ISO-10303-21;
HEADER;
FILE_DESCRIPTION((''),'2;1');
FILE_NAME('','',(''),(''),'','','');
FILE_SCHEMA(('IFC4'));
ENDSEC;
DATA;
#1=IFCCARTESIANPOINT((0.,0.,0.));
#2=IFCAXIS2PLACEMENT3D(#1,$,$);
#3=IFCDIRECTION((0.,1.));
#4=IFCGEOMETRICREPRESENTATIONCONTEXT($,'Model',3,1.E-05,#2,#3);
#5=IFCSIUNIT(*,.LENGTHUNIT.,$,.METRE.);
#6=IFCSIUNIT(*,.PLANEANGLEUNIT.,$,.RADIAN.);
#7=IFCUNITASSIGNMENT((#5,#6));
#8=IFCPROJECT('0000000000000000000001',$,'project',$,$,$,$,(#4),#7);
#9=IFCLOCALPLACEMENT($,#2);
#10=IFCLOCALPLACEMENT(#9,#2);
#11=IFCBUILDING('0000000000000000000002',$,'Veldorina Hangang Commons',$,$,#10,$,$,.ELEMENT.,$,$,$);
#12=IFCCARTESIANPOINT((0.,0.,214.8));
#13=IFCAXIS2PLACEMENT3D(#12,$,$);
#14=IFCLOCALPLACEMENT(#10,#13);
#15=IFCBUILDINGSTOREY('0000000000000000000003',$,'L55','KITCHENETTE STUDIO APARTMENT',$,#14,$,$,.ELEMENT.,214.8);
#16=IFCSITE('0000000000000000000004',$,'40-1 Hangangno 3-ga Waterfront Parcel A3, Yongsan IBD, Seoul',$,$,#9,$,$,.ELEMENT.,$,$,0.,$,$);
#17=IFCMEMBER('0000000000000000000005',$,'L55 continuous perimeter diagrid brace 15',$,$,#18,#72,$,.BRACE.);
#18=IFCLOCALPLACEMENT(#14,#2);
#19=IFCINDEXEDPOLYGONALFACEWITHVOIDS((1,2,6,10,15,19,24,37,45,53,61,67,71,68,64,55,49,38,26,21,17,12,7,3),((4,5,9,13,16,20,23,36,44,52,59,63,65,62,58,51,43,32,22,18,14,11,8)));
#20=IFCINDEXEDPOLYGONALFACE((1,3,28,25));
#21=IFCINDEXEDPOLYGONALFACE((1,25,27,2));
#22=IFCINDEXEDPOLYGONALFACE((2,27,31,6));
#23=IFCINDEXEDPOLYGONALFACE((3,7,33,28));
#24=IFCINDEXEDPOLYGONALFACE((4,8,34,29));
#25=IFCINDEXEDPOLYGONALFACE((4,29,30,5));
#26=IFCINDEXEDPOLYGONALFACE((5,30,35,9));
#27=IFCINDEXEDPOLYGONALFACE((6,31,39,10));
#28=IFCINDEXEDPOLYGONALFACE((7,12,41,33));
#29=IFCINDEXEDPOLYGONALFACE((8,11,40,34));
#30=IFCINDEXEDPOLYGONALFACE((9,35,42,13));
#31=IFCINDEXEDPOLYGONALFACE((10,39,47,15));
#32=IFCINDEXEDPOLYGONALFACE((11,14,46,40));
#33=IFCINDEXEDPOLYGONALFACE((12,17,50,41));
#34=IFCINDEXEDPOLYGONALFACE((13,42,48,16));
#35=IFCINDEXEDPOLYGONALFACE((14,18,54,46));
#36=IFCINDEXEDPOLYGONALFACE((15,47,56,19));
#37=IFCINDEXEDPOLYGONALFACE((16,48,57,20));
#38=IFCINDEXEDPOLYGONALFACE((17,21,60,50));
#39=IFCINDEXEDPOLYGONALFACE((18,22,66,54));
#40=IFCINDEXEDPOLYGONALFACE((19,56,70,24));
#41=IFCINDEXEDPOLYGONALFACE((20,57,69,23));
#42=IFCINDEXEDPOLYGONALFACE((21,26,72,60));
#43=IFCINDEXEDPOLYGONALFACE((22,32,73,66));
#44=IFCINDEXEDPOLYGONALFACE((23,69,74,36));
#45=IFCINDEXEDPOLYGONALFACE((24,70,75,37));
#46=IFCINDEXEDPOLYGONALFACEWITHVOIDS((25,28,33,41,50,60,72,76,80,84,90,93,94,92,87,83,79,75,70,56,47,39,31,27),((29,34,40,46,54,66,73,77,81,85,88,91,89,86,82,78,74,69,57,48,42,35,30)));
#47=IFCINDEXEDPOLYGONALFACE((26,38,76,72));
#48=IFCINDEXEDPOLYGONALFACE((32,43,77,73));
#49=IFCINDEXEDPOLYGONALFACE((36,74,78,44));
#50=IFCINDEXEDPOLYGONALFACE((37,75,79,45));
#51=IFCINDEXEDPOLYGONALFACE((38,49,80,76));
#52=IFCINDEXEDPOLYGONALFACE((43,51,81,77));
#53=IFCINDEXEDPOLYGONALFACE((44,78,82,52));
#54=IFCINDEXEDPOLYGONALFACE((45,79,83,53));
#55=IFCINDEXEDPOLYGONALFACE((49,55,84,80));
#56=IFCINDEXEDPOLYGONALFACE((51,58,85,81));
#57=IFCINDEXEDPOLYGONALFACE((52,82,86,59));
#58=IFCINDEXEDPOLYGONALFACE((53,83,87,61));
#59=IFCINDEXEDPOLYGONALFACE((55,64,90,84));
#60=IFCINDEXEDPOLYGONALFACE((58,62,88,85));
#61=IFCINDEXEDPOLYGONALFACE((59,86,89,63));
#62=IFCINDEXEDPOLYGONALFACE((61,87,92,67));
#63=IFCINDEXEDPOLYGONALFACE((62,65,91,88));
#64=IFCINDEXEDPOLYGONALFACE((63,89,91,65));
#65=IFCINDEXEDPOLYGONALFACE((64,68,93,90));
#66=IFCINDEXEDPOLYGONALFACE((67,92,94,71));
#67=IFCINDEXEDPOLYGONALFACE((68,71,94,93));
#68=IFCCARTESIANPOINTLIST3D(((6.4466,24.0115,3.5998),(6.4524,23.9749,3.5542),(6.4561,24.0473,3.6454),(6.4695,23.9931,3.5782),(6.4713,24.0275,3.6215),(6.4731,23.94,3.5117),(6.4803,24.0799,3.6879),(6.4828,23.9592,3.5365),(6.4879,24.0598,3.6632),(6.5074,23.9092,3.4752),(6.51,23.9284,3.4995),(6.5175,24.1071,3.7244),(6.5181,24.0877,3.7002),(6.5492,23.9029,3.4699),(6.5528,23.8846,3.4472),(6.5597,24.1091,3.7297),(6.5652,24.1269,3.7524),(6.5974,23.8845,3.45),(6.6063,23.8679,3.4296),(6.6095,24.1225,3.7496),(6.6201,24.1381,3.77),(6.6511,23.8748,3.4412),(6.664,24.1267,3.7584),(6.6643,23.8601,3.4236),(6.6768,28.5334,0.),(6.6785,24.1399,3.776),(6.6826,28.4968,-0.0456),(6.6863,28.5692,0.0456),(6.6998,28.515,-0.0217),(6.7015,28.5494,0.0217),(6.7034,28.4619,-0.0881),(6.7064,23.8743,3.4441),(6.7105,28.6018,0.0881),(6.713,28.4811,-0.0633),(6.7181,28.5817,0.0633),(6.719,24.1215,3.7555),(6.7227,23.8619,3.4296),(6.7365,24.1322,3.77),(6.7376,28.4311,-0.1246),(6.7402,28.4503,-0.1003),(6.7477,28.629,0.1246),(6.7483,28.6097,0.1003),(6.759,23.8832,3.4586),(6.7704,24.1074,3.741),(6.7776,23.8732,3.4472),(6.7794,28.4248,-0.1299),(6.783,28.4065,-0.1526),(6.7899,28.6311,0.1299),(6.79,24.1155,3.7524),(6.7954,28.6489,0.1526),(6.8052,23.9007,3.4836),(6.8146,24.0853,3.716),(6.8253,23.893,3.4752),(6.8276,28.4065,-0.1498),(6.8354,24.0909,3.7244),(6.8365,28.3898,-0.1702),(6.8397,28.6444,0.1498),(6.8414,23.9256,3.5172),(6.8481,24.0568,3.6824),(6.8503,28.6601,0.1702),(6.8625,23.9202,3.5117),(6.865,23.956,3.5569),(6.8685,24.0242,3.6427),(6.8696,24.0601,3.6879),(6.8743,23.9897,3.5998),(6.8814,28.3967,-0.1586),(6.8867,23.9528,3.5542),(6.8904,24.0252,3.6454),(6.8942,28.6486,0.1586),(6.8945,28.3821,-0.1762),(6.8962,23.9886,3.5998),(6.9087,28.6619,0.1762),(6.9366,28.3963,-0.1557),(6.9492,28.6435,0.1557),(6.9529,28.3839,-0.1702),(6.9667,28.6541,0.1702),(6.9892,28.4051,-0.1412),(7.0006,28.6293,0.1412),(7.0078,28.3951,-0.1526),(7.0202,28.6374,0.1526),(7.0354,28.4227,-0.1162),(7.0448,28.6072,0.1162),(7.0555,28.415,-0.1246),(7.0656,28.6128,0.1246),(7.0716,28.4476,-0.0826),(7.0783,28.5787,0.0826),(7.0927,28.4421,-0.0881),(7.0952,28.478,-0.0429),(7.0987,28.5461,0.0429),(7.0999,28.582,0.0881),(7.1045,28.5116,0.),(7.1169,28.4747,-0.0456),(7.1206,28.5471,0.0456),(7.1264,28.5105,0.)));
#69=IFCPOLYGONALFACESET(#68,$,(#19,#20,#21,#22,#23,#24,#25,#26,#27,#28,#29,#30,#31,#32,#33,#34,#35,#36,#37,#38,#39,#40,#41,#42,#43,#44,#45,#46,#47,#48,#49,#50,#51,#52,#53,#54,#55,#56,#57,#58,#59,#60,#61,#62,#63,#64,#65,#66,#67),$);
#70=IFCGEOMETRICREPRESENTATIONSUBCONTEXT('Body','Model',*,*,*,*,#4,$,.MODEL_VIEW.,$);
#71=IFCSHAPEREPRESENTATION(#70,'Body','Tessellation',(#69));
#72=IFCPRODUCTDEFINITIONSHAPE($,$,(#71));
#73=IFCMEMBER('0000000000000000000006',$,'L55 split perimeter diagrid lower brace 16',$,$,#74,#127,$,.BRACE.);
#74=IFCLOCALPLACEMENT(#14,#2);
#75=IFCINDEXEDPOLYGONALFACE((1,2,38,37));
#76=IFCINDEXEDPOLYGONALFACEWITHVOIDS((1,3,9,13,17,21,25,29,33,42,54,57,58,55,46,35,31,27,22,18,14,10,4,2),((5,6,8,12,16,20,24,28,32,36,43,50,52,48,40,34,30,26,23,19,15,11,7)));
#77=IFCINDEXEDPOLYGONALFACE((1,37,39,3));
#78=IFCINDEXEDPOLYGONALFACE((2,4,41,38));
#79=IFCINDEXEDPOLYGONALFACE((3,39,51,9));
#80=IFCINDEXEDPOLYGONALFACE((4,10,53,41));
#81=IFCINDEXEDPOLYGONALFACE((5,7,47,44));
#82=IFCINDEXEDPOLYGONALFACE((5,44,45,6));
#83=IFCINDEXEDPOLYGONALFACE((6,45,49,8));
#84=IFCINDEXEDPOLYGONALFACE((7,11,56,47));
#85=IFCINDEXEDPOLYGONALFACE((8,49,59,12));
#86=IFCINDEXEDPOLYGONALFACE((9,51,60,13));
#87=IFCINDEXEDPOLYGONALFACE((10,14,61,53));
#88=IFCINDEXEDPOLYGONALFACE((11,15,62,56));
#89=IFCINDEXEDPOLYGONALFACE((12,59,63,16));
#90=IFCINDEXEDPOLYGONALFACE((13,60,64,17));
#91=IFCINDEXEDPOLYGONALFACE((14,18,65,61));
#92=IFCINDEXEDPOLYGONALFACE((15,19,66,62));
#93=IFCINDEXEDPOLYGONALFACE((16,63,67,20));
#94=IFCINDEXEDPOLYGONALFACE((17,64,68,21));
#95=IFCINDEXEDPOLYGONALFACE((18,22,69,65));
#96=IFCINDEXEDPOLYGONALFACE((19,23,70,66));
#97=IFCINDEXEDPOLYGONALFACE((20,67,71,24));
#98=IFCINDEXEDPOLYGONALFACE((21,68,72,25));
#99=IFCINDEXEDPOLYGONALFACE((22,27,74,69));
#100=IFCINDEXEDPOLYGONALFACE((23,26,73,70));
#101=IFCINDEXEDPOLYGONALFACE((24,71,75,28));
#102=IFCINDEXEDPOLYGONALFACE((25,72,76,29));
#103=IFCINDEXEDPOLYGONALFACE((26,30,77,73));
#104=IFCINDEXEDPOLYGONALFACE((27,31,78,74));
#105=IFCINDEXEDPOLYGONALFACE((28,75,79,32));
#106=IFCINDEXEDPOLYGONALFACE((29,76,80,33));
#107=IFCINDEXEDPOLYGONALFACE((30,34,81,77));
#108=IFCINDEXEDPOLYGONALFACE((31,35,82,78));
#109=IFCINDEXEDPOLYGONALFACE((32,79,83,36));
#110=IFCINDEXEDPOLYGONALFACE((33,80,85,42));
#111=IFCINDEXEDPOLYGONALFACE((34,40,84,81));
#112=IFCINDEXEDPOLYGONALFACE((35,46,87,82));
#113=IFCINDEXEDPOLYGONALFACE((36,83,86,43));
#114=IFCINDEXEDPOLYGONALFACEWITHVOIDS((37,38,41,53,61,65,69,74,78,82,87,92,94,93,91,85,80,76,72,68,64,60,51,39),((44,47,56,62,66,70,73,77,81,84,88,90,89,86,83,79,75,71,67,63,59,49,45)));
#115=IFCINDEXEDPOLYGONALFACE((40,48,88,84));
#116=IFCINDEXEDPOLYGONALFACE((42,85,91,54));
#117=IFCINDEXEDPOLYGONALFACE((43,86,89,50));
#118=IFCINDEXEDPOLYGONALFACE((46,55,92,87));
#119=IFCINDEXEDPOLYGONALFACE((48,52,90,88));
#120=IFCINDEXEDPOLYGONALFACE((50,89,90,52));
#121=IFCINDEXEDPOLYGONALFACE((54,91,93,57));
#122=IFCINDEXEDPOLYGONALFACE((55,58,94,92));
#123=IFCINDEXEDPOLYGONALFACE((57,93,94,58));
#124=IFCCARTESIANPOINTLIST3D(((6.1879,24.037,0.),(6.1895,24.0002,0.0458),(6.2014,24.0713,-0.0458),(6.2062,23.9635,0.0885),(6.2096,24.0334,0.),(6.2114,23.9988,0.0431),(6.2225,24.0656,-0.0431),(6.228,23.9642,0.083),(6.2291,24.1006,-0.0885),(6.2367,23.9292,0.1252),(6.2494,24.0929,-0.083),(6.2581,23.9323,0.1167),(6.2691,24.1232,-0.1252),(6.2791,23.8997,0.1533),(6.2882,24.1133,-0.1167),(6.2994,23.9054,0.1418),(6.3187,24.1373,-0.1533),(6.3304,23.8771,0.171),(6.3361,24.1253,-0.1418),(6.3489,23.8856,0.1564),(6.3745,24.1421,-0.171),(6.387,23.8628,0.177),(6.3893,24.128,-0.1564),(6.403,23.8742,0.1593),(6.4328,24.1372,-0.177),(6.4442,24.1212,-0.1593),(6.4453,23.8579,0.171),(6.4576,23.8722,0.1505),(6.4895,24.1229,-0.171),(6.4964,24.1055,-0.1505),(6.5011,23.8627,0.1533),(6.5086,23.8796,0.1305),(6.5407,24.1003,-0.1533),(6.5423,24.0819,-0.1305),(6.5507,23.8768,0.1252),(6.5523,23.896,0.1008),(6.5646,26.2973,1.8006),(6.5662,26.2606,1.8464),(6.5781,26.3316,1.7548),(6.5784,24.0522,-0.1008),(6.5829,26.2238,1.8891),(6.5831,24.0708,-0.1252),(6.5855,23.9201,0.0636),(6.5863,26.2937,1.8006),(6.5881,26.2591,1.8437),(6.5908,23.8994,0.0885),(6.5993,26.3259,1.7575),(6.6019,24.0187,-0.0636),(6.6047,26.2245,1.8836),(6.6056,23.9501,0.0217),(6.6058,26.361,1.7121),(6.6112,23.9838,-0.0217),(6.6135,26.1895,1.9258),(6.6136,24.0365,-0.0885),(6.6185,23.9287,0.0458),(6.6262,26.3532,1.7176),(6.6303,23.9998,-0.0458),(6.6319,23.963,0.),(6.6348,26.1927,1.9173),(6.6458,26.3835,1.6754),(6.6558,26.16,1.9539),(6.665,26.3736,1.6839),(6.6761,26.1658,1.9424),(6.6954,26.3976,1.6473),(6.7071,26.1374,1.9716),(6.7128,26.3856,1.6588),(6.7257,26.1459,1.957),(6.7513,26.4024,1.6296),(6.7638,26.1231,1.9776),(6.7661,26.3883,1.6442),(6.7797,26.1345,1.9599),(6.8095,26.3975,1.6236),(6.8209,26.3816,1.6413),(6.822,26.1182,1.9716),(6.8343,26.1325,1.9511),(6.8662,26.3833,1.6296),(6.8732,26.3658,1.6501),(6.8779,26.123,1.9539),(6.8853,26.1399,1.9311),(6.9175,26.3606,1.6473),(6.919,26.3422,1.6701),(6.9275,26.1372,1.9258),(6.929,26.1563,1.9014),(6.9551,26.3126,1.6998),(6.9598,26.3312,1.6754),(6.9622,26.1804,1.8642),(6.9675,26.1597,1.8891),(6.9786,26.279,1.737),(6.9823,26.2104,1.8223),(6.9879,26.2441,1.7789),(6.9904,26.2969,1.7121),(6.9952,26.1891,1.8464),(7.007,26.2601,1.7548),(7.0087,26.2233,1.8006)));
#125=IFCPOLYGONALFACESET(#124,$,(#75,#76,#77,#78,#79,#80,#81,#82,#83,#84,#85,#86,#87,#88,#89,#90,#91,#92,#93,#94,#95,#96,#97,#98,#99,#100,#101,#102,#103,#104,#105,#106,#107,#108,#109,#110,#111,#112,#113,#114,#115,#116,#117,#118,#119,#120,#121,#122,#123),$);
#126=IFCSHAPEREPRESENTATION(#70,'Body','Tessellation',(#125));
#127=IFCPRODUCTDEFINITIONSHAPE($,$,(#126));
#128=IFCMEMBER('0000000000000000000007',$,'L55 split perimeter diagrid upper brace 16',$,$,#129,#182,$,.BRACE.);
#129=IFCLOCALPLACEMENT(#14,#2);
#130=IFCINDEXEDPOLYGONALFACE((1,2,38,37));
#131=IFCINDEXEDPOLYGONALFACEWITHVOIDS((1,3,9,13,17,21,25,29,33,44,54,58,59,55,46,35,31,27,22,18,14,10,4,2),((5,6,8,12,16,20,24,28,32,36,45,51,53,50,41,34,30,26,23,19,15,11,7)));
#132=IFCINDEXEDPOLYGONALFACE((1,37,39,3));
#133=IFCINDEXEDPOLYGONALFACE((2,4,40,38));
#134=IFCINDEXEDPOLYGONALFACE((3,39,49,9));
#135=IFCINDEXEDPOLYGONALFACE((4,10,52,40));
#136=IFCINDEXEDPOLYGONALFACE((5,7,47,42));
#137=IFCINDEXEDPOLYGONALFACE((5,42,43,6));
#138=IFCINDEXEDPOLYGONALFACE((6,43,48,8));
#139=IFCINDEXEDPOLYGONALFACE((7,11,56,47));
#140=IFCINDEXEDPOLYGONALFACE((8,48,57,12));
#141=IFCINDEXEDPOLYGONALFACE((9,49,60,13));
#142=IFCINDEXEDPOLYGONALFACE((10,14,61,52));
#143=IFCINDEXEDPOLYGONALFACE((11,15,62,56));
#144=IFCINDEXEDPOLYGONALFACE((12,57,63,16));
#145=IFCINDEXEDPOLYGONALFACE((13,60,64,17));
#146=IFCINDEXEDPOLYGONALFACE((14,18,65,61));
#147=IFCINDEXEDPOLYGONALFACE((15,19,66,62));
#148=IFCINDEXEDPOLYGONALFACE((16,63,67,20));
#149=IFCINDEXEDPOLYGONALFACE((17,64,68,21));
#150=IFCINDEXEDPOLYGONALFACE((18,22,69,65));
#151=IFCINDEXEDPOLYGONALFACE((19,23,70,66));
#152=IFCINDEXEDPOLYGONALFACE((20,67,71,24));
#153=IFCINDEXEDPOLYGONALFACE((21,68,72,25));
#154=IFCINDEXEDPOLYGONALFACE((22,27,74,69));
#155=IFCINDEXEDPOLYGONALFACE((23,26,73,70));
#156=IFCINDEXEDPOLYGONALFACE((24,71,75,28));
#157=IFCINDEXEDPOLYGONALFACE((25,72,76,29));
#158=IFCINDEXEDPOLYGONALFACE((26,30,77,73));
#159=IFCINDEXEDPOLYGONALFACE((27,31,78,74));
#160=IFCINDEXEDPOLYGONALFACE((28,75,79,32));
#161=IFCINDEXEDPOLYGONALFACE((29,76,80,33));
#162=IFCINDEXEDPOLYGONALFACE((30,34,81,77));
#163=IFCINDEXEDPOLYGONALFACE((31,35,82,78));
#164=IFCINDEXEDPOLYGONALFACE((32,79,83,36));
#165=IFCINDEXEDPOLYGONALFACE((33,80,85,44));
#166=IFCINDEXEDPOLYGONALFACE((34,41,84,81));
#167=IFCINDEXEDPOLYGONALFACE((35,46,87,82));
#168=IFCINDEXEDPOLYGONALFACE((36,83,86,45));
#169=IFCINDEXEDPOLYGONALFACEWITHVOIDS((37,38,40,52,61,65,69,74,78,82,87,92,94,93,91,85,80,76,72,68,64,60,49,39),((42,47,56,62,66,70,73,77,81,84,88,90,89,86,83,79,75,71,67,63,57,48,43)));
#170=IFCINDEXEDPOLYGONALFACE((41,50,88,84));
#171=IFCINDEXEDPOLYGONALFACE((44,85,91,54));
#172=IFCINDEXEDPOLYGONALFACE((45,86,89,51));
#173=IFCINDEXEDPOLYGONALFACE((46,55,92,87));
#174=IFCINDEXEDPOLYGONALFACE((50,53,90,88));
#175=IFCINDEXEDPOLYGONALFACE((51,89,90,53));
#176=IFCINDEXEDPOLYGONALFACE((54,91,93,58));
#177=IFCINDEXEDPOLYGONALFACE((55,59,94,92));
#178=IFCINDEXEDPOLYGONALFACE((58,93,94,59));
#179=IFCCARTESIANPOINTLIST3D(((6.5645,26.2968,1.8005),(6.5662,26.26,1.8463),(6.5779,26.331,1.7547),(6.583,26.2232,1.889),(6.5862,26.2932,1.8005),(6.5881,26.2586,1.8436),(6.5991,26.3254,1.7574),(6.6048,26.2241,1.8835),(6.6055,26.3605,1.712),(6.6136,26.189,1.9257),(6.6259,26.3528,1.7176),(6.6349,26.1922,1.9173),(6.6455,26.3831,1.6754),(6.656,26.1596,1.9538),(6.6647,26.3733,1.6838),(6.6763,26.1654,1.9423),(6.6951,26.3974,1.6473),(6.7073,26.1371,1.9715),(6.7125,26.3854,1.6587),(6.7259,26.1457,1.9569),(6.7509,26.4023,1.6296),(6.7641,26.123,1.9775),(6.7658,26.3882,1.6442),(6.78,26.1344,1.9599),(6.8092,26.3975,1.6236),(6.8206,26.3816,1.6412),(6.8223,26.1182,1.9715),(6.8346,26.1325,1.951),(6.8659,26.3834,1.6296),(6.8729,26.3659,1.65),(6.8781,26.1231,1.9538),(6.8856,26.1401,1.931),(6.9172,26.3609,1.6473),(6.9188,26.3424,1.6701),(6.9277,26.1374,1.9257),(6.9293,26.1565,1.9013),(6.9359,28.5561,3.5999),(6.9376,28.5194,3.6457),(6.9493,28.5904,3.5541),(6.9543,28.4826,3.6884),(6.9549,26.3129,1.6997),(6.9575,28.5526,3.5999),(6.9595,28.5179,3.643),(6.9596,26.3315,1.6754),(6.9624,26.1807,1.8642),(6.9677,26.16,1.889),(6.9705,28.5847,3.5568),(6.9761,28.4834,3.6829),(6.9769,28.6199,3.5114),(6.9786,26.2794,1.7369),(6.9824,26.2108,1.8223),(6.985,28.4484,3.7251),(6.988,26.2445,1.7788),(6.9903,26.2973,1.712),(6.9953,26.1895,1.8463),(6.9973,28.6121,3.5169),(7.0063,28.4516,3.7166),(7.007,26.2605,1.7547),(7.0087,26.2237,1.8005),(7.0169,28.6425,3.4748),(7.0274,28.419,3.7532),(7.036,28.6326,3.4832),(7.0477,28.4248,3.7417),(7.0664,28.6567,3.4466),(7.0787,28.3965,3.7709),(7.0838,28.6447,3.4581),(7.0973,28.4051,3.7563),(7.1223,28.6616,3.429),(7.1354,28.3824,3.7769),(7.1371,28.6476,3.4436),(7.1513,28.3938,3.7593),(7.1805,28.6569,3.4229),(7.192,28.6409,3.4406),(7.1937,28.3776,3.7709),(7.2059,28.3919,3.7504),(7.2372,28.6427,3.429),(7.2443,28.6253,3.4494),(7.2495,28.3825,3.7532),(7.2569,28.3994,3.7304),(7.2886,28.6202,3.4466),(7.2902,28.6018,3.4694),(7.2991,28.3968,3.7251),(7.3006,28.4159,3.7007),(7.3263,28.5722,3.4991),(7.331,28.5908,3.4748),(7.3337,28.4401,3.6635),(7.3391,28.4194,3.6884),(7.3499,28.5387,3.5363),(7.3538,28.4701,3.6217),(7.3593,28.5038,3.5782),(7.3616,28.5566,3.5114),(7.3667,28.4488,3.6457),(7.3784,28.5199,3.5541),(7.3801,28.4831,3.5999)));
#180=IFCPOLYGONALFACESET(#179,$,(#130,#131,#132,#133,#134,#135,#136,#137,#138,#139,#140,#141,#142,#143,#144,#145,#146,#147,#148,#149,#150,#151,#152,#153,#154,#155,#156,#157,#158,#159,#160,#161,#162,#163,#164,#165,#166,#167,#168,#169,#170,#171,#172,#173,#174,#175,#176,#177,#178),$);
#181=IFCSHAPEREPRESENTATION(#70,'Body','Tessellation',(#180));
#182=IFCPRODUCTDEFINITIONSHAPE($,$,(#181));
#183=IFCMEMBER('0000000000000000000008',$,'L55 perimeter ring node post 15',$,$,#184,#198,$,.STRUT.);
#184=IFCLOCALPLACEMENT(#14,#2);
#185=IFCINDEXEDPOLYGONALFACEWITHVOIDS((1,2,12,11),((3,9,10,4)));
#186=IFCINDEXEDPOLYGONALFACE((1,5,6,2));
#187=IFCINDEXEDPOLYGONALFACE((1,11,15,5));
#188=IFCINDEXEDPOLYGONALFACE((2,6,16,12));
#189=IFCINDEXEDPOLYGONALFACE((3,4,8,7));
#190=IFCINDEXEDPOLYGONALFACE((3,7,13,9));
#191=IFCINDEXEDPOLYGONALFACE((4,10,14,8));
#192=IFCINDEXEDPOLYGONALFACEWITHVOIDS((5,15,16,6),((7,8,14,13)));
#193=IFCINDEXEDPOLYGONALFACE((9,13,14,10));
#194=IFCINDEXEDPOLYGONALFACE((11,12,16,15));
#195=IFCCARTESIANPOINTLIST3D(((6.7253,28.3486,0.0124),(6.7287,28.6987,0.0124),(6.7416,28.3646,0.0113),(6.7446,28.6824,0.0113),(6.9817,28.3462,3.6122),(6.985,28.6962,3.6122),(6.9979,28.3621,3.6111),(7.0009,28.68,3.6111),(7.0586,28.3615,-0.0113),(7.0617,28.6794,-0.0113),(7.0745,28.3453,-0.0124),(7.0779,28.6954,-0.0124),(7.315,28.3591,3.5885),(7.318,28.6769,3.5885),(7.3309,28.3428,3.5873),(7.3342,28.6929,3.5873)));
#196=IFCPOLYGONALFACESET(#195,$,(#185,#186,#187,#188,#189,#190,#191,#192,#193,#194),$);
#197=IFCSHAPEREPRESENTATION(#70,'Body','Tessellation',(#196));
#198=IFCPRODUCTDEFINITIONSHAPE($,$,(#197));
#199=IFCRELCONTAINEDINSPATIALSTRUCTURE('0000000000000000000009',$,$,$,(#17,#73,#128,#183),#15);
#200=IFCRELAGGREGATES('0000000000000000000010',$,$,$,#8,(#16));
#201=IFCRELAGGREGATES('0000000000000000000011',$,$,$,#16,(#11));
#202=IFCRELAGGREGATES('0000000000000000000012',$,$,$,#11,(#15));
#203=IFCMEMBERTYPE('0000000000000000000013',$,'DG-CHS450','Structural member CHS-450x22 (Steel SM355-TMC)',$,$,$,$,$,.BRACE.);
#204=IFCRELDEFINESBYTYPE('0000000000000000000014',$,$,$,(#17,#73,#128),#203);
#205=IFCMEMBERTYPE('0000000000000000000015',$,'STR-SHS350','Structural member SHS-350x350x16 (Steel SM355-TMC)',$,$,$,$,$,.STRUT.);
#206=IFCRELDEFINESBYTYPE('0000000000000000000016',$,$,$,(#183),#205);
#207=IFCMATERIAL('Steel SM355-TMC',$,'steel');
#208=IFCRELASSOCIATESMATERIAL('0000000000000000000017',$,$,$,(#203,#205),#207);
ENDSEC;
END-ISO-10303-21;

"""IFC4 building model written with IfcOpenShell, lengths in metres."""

from ifc_helpers import new_model, si_unit, direction, frame, origin, origin_2d, place, context, subcontext, project, spatial, hollow_rectangle, hollow_circle, extrude, material, material_profile, profile_set, type_object, element, save


model = new_model("IFC4")

# Units and contexts
model_context = context("Model", 3, precision=1e-05, world=origin(), true_north=direction((0.0, 1.0)))
body_context = subcontext(model_context, "Body", "Model", "MODEL_VIEW")
ifc_project = project(units=[si_unit("LENGTHUNIT", "METRE"), si_unit("PLANEANGLEUNIT", "RADIAN")], contexts=[model_context])

# Site, building, storey
site_placement = place(None, origin())
site = spatial("IfcSite", under=ifc_project, at=site_placement, Name="40-1 Hangangno 3-ga Waterfront Parcel A3, Yongsan IBD, Seoul", CompositionType="ELEMENT", RefElevation=0.0)
building_placement = place(site_placement, origin())
building = spatial("IfcBuilding", under=site, at=building_placement, Name="Veldorina Hangang Commons", CompositionType="ELEMENT")
storey_placement = place(building_placement, frame((0.0, 0.0, 214.8)))
storey = spatial("IfcBuildingStorey", under=building, at=storey_placement, Name="L55", Description="KITCHENETTE STUDIO APARTMENT", CompositionType="ELEMENT", Elevation=214.8)

# Shared definitions
ifc_material_1 = material(Name="Steel SM355-TMC", Category="steel")

# Members
ifc_material_profile_1 = material_profile(ifc_material_1, hollow_circle(Radius=0.2251, WallThickness=0.022, at=origin_2d()), Name="CHS-450x22")
ifc_profile_set_1 = profile_set([ifc_material_profile_1], Name="Steel SM355-TMC")
member_type_1 = type_object("IfcMemberType", Name="DG-CHS450", Description="Structural member CHS-450x22 (Steel SM355-TMC)", PredefinedType="BRACE", material=ifc_profile_set_1)
member_1_placement = place(storey_placement, frame((6.9016, 28.522, 0.0), z_axis=(-0.0398, -0.781743, 0.62233), x_axis=(0.998706, -0.050847, 0.0)))
element("IfcMember", 1, at=member_1_placement, inside=storey, type_object=member_type_1, Name="L55 continuous perimeter diagrid brace 15", PredefinedType="BRACE", context=body_context, shape_type="SweptSolid", body=[
    extrude(hollow_circle(Radius=0.2251, WallThickness=0.022, at=origin_2d()), origin(), (0.0, 0.0, 1.0), 5.7844),
])
member_2_placement = place(storey_placement, frame((6.4099, 24.0, 0.0), z_axis=(0.129266, 0.775599, 0.617848), x_axis=(-0.986394, 0.164399, 0.0)))
element("IfcMember", 2, at=member_2_placement, inside=storey, type_object=member_type_1, Name="L55 split perimeter diagrid lower brace 16", PredefinedType="BRACE", context=body_context, shape_type="SweptSolid", body=[
    extrude(hollow_circle(Radius=0.2251, WallThickness=0.022, at=origin_2d()), origin(), (0.0, 0.0, 1.0), 2.9143),
])
member_3_placement = place(storey_placement, frame((6.7866, 26.2603, 1.8005), z_axis=(0.12752, 0.77585, 0.617896), x_axis=(-0.98676, 0.162185, 0.0)))
element("IfcMember", 3, at=member_3_placement, inside=storey, type_object=member_type_1, Name="L55 split perimeter diagrid upper brace 16", PredefinedType="BRACE", context=body_context, shape_type="SweptSolid", body=[
    extrude(hollow_circle(Radius=0.2251, WallThickness=0.022, at=origin_2d()), origin(), (0.0, 0.0, 1.0), 2.9121),
])
ifc_material_profile_2 = material_profile(ifc_material_1, hollow_rectangle(XDim=0.3501, YDim=0.3501, WallThickness=0.0161, at=origin_2d()), Name="SHS-350x350x16")
ifc_profile_set_2 = profile_set([ifc_material_profile_2], Name="Steel SM355-TMC")
member_type_2 = type_object("IfcMemberType", Name="STR-SHS350", Description="Structural member SHS-350x350x16 (Steel SM355-TMC)", PredefinedType="STRUT", material=ifc_profile_set_2)
member_4_placement = place(storey_placement, frame((6.9016, 28.522, 0.0), z_axis=(0.071031, -0.000676, 0.997474), x_axis=(0.009523, 0.999955, 0.0)))
element("IfcMember", 4, at=member_4_placement, inside=storey, type_object=member_type_2, Name="L55 perimeter ring node post 15", PredefinedType="STRUT", context=body_context, shape_type="SweptSolid", body=[
    extrude(hollow_rectangle(XDim=0.3501, YDim=0.3501, WallThickness=0.0161, at=origin_2d()), origin(), (0.0, 0.0, 1.0), 3.6089),
])

save(model, "model.ifc")
